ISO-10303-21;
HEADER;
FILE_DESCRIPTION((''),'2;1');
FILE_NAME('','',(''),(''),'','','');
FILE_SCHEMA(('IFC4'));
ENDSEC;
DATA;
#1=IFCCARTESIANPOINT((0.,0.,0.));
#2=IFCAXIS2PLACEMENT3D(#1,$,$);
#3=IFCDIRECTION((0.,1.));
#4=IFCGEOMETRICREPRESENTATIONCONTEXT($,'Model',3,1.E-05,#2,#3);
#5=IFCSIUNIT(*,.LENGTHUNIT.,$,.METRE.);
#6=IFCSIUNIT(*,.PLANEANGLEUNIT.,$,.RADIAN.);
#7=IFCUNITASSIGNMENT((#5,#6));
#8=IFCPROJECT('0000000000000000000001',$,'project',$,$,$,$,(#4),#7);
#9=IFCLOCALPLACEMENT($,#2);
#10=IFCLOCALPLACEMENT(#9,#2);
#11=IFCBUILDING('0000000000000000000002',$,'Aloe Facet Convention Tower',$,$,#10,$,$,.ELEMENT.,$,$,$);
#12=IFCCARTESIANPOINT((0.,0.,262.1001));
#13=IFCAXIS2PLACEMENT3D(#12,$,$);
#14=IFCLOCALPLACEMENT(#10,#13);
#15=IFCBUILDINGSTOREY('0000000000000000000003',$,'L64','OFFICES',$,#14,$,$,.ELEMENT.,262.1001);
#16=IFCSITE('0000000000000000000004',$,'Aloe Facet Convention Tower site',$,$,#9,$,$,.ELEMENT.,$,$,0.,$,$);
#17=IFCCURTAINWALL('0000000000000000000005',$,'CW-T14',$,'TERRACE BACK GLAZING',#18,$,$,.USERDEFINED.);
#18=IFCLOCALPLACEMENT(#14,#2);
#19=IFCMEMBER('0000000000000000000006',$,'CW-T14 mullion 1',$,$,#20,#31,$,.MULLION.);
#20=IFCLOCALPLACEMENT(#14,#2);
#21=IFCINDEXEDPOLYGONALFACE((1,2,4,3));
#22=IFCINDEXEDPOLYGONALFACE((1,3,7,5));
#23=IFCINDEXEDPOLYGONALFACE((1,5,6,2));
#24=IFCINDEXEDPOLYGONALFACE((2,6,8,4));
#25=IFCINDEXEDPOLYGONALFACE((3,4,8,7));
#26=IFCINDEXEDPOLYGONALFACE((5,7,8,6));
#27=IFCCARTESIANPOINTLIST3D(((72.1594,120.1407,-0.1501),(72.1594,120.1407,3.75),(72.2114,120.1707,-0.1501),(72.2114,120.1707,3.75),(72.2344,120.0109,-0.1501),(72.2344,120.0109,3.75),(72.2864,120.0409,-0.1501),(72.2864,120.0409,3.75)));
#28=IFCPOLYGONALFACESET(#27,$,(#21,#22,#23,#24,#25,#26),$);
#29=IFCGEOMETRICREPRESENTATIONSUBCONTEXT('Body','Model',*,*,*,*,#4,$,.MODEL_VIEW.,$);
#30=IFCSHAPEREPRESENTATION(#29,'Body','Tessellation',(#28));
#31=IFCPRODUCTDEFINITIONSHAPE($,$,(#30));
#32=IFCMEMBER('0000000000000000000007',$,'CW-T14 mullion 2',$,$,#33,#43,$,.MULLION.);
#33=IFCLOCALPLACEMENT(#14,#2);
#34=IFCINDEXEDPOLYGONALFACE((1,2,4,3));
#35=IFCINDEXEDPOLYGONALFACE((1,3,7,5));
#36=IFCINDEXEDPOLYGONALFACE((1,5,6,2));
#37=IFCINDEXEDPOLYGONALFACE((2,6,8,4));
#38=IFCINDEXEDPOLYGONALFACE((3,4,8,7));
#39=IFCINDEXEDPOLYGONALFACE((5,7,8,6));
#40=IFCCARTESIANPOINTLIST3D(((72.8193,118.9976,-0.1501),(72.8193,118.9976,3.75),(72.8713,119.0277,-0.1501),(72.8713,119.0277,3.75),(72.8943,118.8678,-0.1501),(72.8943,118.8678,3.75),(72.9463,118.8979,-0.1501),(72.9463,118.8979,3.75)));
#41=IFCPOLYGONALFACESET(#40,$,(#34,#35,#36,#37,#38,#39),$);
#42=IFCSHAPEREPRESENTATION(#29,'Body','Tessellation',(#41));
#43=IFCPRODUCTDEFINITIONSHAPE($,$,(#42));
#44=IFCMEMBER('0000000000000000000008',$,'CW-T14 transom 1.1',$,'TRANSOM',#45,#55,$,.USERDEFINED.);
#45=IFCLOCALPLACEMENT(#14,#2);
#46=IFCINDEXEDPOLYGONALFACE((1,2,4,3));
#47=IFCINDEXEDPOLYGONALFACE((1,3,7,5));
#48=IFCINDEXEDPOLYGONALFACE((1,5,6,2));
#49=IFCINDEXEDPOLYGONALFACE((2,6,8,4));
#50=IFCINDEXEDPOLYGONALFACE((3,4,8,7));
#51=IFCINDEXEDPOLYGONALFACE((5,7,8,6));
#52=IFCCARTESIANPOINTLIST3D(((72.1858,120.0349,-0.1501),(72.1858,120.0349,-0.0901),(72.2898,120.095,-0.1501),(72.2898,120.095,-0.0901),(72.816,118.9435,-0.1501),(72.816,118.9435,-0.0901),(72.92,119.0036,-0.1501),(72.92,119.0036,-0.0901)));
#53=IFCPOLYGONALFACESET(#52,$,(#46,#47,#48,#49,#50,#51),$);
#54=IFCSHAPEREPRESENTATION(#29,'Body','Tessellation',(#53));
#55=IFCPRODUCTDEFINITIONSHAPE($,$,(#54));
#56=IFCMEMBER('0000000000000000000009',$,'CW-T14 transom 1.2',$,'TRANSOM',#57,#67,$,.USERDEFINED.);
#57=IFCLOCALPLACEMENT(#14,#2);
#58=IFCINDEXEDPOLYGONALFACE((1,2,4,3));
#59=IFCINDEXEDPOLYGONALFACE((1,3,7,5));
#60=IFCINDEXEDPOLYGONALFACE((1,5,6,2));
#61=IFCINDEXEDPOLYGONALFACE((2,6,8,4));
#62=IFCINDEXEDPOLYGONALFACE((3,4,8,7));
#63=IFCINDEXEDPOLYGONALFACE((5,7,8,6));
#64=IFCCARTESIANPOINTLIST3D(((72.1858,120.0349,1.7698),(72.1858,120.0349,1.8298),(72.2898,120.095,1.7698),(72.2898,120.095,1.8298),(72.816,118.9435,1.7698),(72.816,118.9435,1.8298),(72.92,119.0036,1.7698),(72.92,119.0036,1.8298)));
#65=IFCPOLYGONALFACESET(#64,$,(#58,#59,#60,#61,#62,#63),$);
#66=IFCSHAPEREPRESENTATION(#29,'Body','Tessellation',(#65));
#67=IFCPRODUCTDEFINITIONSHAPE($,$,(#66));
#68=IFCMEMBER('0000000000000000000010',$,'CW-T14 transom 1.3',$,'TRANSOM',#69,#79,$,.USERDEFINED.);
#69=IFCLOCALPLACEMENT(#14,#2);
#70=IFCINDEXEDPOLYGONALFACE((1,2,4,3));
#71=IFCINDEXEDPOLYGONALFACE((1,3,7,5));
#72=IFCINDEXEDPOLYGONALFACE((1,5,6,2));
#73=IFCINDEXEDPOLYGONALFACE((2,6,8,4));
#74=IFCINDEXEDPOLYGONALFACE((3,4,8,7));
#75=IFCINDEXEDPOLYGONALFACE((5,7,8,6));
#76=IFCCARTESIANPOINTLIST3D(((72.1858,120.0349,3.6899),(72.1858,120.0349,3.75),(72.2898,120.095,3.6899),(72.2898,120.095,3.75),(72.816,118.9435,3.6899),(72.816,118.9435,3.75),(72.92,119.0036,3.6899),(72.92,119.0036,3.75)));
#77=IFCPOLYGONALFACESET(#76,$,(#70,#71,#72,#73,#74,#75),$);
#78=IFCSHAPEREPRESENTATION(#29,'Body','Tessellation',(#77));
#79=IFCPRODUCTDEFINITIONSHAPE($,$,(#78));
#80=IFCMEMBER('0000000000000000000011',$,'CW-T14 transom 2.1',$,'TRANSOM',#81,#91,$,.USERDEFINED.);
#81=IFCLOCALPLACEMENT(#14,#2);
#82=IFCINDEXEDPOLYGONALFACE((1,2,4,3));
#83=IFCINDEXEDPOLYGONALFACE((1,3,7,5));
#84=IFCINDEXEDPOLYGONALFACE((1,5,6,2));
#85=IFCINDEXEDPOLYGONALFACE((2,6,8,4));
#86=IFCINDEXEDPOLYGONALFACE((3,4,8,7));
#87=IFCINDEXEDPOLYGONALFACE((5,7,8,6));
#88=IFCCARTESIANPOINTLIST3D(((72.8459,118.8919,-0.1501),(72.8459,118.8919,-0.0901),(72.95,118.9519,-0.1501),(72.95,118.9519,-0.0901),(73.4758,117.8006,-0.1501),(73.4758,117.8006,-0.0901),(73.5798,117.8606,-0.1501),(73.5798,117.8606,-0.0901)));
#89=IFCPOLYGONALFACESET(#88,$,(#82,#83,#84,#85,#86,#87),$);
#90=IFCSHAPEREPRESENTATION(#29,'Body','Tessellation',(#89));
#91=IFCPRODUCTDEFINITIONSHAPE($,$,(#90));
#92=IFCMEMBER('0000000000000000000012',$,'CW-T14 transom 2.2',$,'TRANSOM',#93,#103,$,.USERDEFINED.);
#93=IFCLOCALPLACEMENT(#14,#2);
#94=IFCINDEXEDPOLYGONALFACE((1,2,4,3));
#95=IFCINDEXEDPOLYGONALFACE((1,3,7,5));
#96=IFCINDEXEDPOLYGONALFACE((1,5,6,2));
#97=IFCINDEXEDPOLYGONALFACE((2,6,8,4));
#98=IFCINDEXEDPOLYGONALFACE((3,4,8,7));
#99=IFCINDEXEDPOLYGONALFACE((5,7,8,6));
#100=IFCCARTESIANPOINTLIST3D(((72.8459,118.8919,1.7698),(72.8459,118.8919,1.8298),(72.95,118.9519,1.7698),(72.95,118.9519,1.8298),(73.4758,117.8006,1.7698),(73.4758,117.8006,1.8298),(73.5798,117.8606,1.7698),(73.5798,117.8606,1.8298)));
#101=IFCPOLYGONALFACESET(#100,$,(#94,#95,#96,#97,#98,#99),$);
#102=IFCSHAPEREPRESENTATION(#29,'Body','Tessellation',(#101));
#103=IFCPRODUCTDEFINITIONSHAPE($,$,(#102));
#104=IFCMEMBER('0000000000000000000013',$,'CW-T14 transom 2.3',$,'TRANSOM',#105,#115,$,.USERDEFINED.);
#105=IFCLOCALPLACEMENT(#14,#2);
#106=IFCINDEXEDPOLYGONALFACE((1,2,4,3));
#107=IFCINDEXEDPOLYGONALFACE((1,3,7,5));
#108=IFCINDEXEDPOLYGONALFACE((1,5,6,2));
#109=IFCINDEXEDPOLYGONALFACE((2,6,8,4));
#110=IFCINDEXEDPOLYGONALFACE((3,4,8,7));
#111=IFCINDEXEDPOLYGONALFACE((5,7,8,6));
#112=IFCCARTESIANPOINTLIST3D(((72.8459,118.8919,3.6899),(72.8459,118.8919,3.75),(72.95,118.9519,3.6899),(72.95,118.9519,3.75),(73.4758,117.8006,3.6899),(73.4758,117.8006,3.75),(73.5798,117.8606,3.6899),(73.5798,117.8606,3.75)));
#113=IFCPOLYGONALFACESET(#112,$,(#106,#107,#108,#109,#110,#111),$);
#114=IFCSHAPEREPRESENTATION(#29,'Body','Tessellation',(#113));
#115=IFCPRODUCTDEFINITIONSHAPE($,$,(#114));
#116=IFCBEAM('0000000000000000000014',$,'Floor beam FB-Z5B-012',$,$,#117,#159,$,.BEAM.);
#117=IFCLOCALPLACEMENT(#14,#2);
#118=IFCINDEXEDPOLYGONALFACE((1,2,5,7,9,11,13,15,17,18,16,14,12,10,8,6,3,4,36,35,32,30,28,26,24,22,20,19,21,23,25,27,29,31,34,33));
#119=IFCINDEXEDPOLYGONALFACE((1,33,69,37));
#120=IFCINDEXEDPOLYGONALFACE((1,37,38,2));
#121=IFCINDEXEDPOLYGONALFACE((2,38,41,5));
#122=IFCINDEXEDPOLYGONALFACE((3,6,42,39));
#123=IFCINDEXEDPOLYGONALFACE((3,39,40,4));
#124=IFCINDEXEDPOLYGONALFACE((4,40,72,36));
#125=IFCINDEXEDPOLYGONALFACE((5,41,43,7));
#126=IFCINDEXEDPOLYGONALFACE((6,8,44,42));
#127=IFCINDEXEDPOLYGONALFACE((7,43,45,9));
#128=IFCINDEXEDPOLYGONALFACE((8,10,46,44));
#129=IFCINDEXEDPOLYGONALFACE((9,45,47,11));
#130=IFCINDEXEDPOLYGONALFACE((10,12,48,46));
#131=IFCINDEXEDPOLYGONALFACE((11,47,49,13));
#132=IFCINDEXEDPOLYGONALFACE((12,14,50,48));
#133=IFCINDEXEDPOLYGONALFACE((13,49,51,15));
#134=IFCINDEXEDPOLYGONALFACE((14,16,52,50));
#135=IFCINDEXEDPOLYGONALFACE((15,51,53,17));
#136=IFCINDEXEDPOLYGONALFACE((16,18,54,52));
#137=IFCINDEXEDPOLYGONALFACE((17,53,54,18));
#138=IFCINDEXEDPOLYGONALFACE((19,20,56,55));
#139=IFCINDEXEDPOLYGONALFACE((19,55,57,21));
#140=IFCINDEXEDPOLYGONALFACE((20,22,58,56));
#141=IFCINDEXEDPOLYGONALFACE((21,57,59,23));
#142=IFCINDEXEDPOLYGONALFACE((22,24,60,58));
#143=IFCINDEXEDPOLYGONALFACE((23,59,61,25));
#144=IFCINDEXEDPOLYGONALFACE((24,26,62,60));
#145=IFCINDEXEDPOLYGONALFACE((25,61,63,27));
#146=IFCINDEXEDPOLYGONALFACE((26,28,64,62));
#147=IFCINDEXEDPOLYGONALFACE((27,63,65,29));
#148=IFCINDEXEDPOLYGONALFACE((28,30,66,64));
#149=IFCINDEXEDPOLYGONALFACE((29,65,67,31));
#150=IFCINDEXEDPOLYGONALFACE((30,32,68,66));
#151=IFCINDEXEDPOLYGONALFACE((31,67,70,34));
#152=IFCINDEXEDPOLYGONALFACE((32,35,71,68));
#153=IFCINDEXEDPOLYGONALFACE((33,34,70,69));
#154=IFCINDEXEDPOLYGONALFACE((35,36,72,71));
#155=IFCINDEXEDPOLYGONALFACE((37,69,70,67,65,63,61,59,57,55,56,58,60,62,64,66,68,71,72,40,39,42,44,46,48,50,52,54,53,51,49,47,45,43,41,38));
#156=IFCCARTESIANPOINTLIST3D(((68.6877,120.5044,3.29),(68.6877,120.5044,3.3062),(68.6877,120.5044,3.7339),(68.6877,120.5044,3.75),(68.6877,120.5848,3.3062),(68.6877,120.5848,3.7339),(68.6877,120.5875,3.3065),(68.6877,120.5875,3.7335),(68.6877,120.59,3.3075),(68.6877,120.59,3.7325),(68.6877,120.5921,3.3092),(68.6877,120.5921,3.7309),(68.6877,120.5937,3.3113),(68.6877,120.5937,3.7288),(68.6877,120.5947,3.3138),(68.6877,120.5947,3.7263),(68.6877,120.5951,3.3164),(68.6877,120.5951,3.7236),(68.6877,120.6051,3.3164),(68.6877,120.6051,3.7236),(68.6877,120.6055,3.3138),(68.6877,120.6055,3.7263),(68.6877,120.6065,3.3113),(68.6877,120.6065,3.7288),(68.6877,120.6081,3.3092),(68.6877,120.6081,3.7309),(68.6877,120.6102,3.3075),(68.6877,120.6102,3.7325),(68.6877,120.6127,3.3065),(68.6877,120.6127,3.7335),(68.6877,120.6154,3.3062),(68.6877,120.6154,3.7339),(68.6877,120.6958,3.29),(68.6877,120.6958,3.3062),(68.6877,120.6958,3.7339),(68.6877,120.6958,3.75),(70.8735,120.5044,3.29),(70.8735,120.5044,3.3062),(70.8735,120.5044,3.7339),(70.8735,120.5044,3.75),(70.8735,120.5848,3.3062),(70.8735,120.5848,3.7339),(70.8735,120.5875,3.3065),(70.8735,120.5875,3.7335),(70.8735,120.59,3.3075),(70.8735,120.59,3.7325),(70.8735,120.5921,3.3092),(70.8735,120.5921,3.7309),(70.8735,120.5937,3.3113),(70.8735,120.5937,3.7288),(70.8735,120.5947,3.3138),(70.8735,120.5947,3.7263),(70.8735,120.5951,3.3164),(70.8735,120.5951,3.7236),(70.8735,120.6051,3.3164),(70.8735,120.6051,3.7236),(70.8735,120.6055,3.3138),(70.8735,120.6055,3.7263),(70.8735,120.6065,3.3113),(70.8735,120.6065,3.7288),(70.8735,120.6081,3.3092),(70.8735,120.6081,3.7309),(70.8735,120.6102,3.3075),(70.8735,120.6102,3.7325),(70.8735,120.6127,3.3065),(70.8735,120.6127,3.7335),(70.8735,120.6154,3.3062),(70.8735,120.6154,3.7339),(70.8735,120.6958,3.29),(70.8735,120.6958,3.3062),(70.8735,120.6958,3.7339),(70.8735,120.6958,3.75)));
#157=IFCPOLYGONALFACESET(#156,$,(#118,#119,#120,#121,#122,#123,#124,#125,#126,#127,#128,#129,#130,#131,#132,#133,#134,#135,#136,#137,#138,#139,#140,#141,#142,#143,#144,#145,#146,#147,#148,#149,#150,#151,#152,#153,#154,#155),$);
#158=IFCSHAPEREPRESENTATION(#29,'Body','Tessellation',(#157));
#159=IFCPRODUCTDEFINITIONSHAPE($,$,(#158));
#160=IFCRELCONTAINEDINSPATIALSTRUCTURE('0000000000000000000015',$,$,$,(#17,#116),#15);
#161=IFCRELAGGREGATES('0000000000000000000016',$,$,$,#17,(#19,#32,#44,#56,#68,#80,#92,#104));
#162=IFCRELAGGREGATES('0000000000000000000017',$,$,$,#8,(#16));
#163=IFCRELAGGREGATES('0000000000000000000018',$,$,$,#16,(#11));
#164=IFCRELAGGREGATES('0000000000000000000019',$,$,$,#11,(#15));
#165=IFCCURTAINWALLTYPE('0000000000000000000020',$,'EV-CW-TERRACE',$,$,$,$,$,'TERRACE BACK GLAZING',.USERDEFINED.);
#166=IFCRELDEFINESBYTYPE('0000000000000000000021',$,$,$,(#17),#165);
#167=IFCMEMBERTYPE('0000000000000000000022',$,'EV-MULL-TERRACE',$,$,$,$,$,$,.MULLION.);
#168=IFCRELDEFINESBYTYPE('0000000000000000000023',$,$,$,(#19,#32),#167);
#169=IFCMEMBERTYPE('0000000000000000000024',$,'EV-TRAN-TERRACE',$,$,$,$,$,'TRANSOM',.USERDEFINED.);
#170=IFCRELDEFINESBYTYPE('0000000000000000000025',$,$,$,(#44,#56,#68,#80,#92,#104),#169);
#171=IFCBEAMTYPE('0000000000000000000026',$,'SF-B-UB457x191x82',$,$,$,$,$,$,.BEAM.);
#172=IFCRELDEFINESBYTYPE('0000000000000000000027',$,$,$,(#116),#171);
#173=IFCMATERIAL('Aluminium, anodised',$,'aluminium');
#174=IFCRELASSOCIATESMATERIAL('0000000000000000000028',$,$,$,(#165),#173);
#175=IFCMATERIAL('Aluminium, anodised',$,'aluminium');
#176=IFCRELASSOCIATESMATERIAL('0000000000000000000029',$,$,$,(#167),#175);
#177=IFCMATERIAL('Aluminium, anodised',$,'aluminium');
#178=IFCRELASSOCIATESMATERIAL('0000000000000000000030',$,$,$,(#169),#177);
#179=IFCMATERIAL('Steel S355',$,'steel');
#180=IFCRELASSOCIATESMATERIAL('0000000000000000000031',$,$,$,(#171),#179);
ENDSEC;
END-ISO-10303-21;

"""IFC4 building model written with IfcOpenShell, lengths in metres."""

from ifc_helpers import new_model, si_unit, direction, frame, origin, origin_2d, place, context, subcontext, project, spatial, rectangle, i_section, extrude, material, material_profile, profile_set, type_object, element, aggregate, save


model = new_model("IFC4")

# Units and contexts
model_context = context("Model", 3, precision=1e-05, world=origin(), true_north=direction((0.0, 1.0)))
body_context = subcontext(model_context, "Body", "Model", "MODEL_VIEW")
ifc_project = project(units=[si_unit("LENGTHUNIT", "METRE"), si_unit("PLANEANGLEUNIT", "RADIAN")], contexts=[model_context])

# Site, building, storey
site_placement = place(None, origin())
site = spatial("IfcSite", under=ifc_project, at=site_placement, Name="Aloe Facet Convention Tower site", CompositionType="ELEMENT", RefElevation=0.0)
building_placement = place(site_placement, origin())
building = spatial("IfcBuilding", under=site, at=building_placement, Name="Aloe Facet Convention Tower", CompositionType="ELEMENT")
storey_placement = place(building_placement, frame((0.0, 0.0, 262.1001)))
storey = spatial("IfcBuildingStorey", under=building, at=storey_placement, Name="L64", Description="OFFICES", CompositionType="ELEMENT", Elevation=262.1001)

# Curtain wall, members
ifc_material_1 = material(Name="Aluminium, anodised", Category="aluminium")
curtain_wall_type = type_object("IfcCurtainWallType", Name="EV-CW-TERRACE", ElementType="TERRACE BACK GLAZING", PredefinedType="USERDEFINED", material=ifc_material_1)
curtain_wall_placement = place(storey_placement, origin())
curtain_wall = element("IfcCurtainWall", 1, at=curtain_wall_placement, inside=storey, type_object=curtain_wall_type, Name="CW-T14", ObjectType="TERRACE BACK GLAZING", PredefinedType="USERDEFINED")
ifc_material_2 = material(Name="Aluminium, anodised", Category="aluminium")
ifc_material_profile_1 = material_profile(ifc_material_2, rectangle(XDim=0.0601, YDim=0.1499, at=origin_2d()), Name="AL 60x150")
ifc_profile_set_1 = profile_set([ifc_material_profile_1], Name="Aluminium, anodised")
member_type_1 = type_object("IfcMemberType", Name="EV-MULL-TERRACE", PredefinedType="MULLION", material=ifc_profile_set_1)
member_1_placement = place(storey_placement, frame((72.2229, 120.0908, -0.1501), z_axis=(0.0, 0.0, 1.0), x_axis=(0.866025, 0.5, 0.0)))
member_1 = element("IfcMember", 2, at=member_1_placement, type_object=member_type_1, Name="CW-T14 mullion 1", PredefinedType="MULLION", context=body_context, shape_type="SweptSolid", body=[
    extrude(rectangle(XDim=0.0601, YDim=0.1499, at=origin_2d()), origin(), (0.0, 0.0, 1.0), 3.9001),
])
member_2_placement = place(storey_placement, frame((72.8828, 118.9478, -0.1501), z_axis=(0.0, 0.0, 1.0), x_axis=(0.866025, 0.5, 0.0)))
member_2 = element("IfcMember", 3, at=member_2_placement, type_object=member_type_1, Name="CW-T14 mullion 2", PredefinedType="MULLION", context=body_context, shape_type="SweptSolid", body=[
    extrude(rectangle(XDim=0.0601, YDim=0.1499, at=origin_2d()), origin(), (0.0, 0.0, 1.0), 3.9001),
])
ifc_material_3 = material(Name="Aluminium, anodised", Category="aluminium")
ifc_material_profile_2 = material_profile(ifc_material_3, rectangle(XDim=0.1201, YDim=0.0601, at=origin_2d()), Name="AL 120x60")
ifc_profile_set_2 = profile_set([ifc_material_profile_2], Name="Aluminium, anodised")
member_type_2 = type_object("IfcMemberType", Name="EV-TRAN-TERRACE", ElementType="TRANSOM", PredefinedType="USERDEFINED", material=ifc_profile_set_2)
member_3_placement = place(storey_placement, frame((72.2378, 120.0649, -0.1201), z_axis=(0.500035, -0.866005, 0.0), x_axis=(0.866005, 0.500035, 0.0)))
member_3 = element("IfcMember", 4, at=member_3_placement, type_object=member_type_2, Name="CW-T14 transom 1.1", ObjectType="TRANSOM", PredefinedType="USERDEFINED", context=body_context, shape_type="SweptSolid", body=[
    extrude(rectangle(XDim=0.1201, YDim=0.0601, at=origin_2d()), origin(), (0.0, 0.0, 1.0), 1.2603),
])
member_4_placement = place(storey_placement, frame((72.2378, 120.0649, 1.7998), z_axis=(0.500035, -0.866005, 0.0), x_axis=(0.866005, 0.500035, 0.0)))
member_4 = element("IfcMember", 5, at=member_4_placement, type_object=member_type_2, Name="CW-T14 transom 1.2", ObjectType="TRANSOM", PredefinedType="USERDEFINED", context=body_context, shape_type="SweptSolid", body=[
    extrude(rectangle(XDim=0.1201, YDim=0.0601, at=origin_2d()), origin(), (0.0, 0.0, 1.0), 1.2603),
])
member_5_placement = place(storey_placement, frame((72.2378, 120.0649, 3.72), z_axis=(0.500035, -0.866005, 0.0), x_axis=(0.866005, 0.500035, 0.0)))
member_5 = element("IfcMember", 6, at=member_5_placement, type_object=member_type_2, Name="CW-T14 transom 1.3", ObjectType="TRANSOM", PredefinedType="USERDEFINED", context=body_context, shape_type="SweptSolid", body=[
    extrude(rectangle(XDim=0.1201, YDim=0.0601, at=origin_2d()), origin(), (0.0, 0.0, 1.0), 1.2603),
])
member_6_placement = place(storey_placement, frame((72.8979, 118.9219, -0.1201), z_axis=(0.49989, -0.866089, 0.0), x_axis=(0.866089, 0.49989, 0.0)))
member_6 = element("IfcMember", 7, at=member_6_placement, type_object=member_type_2, Name="CW-T14 transom 2.1", ObjectType="TRANSOM", PredefinedType="USERDEFINED", context=body_context, shape_type="SweptSolid", body=[
    extrude(rectangle(XDim=0.1201, YDim=0.0601, at=origin_2d()), origin(), (0.0, 0.0, 1.0), 1.26),
])
member_7_placement = place(storey_placement, frame((72.8979, 118.9219, 1.7998), z_axis=(0.49989, -0.866089, 0.0), x_axis=(0.866089, 0.49989, 0.0)))
member_7 = element("IfcMember", 8, at=member_7_placement, type_object=member_type_2, Name="CW-T14 transom 2.2", ObjectType="TRANSOM", PredefinedType="USERDEFINED", context=body_context, shape_type="SweptSolid", body=[
    extrude(rectangle(XDim=0.1201, YDim=0.0601, at=origin_2d()), origin(), (0.0, 0.0, 1.0), 1.26),
])
member_8_placement = place(storey_placement, frame((72.8979, 118.9219, 3.72), z_axis=(0.49989, -0.866089, 0.0), x_axis=(0.866089, 0.49989, 0.0)))
member_8 = element("IfcMember", 9, at=member_8_placement, type_object=member_type_2, Name="CW-T14 transom 2.3", ObjectType="TRANSOM", PredefinedType="USERDEFINED", context=body_context, shape_type="SweptSolid", body=[
    extrude(rectangle(XDim=0.1201, YDim=0.0601, at=origin_2d()), origin(), (0.0, 0.0, 1.0), 1.26),
])

# Beam
ifc_material_4 = material(Name="Steel S355", Category="steel")
ifc_material_profile_3 = material_profile(ifc_material_4, i_section(OverallWidth=0.1914, OverallDepth=0.46, WebThickness=0.01, FlangeThickness=0.0161, FilletRadius=0.0103, at=origin_2d()), Name="UB 457x191x82")
ifc_profile_set_3 = profile_set([ifc_material_profile_3], Name="Steel S355")
beam_type_1 = type_object("IfcBeamType", Name="SF-B-UB457x191x82", PredefinedType="BEAM", material=ifc_profile_set_3)
beam_1_placement = place(storey_placement, frame((68.6877, 120.6001, 3.52), z_axis=(1.0, 0.0, 0.0), x_axis=(0.0, 1.0, 0.0)))
element("IfcBeam", 10, at=beam_1_placement, inside=storey, type_object=beam_type_1, Name="Floor beam FB-Z5B-012", PredefinedType="BEAM", context=body_context, shape_type="SweptSolid", body=[
    extrude(i_section(OverallWidth=0.1914, OverallDepth=0.46, WebThickness=0.01, FlangeThickness=0.0161, FilletRadius=0.0103, at=origin_2d()), origin(), (0.0, 0.0, 1.0), 2.1858),
])

aggregate(curtain_wall, [member_1, member_2, member_3, member_4, member_5, member_6, member_7, member_8])

save(model, "model.ifc")
